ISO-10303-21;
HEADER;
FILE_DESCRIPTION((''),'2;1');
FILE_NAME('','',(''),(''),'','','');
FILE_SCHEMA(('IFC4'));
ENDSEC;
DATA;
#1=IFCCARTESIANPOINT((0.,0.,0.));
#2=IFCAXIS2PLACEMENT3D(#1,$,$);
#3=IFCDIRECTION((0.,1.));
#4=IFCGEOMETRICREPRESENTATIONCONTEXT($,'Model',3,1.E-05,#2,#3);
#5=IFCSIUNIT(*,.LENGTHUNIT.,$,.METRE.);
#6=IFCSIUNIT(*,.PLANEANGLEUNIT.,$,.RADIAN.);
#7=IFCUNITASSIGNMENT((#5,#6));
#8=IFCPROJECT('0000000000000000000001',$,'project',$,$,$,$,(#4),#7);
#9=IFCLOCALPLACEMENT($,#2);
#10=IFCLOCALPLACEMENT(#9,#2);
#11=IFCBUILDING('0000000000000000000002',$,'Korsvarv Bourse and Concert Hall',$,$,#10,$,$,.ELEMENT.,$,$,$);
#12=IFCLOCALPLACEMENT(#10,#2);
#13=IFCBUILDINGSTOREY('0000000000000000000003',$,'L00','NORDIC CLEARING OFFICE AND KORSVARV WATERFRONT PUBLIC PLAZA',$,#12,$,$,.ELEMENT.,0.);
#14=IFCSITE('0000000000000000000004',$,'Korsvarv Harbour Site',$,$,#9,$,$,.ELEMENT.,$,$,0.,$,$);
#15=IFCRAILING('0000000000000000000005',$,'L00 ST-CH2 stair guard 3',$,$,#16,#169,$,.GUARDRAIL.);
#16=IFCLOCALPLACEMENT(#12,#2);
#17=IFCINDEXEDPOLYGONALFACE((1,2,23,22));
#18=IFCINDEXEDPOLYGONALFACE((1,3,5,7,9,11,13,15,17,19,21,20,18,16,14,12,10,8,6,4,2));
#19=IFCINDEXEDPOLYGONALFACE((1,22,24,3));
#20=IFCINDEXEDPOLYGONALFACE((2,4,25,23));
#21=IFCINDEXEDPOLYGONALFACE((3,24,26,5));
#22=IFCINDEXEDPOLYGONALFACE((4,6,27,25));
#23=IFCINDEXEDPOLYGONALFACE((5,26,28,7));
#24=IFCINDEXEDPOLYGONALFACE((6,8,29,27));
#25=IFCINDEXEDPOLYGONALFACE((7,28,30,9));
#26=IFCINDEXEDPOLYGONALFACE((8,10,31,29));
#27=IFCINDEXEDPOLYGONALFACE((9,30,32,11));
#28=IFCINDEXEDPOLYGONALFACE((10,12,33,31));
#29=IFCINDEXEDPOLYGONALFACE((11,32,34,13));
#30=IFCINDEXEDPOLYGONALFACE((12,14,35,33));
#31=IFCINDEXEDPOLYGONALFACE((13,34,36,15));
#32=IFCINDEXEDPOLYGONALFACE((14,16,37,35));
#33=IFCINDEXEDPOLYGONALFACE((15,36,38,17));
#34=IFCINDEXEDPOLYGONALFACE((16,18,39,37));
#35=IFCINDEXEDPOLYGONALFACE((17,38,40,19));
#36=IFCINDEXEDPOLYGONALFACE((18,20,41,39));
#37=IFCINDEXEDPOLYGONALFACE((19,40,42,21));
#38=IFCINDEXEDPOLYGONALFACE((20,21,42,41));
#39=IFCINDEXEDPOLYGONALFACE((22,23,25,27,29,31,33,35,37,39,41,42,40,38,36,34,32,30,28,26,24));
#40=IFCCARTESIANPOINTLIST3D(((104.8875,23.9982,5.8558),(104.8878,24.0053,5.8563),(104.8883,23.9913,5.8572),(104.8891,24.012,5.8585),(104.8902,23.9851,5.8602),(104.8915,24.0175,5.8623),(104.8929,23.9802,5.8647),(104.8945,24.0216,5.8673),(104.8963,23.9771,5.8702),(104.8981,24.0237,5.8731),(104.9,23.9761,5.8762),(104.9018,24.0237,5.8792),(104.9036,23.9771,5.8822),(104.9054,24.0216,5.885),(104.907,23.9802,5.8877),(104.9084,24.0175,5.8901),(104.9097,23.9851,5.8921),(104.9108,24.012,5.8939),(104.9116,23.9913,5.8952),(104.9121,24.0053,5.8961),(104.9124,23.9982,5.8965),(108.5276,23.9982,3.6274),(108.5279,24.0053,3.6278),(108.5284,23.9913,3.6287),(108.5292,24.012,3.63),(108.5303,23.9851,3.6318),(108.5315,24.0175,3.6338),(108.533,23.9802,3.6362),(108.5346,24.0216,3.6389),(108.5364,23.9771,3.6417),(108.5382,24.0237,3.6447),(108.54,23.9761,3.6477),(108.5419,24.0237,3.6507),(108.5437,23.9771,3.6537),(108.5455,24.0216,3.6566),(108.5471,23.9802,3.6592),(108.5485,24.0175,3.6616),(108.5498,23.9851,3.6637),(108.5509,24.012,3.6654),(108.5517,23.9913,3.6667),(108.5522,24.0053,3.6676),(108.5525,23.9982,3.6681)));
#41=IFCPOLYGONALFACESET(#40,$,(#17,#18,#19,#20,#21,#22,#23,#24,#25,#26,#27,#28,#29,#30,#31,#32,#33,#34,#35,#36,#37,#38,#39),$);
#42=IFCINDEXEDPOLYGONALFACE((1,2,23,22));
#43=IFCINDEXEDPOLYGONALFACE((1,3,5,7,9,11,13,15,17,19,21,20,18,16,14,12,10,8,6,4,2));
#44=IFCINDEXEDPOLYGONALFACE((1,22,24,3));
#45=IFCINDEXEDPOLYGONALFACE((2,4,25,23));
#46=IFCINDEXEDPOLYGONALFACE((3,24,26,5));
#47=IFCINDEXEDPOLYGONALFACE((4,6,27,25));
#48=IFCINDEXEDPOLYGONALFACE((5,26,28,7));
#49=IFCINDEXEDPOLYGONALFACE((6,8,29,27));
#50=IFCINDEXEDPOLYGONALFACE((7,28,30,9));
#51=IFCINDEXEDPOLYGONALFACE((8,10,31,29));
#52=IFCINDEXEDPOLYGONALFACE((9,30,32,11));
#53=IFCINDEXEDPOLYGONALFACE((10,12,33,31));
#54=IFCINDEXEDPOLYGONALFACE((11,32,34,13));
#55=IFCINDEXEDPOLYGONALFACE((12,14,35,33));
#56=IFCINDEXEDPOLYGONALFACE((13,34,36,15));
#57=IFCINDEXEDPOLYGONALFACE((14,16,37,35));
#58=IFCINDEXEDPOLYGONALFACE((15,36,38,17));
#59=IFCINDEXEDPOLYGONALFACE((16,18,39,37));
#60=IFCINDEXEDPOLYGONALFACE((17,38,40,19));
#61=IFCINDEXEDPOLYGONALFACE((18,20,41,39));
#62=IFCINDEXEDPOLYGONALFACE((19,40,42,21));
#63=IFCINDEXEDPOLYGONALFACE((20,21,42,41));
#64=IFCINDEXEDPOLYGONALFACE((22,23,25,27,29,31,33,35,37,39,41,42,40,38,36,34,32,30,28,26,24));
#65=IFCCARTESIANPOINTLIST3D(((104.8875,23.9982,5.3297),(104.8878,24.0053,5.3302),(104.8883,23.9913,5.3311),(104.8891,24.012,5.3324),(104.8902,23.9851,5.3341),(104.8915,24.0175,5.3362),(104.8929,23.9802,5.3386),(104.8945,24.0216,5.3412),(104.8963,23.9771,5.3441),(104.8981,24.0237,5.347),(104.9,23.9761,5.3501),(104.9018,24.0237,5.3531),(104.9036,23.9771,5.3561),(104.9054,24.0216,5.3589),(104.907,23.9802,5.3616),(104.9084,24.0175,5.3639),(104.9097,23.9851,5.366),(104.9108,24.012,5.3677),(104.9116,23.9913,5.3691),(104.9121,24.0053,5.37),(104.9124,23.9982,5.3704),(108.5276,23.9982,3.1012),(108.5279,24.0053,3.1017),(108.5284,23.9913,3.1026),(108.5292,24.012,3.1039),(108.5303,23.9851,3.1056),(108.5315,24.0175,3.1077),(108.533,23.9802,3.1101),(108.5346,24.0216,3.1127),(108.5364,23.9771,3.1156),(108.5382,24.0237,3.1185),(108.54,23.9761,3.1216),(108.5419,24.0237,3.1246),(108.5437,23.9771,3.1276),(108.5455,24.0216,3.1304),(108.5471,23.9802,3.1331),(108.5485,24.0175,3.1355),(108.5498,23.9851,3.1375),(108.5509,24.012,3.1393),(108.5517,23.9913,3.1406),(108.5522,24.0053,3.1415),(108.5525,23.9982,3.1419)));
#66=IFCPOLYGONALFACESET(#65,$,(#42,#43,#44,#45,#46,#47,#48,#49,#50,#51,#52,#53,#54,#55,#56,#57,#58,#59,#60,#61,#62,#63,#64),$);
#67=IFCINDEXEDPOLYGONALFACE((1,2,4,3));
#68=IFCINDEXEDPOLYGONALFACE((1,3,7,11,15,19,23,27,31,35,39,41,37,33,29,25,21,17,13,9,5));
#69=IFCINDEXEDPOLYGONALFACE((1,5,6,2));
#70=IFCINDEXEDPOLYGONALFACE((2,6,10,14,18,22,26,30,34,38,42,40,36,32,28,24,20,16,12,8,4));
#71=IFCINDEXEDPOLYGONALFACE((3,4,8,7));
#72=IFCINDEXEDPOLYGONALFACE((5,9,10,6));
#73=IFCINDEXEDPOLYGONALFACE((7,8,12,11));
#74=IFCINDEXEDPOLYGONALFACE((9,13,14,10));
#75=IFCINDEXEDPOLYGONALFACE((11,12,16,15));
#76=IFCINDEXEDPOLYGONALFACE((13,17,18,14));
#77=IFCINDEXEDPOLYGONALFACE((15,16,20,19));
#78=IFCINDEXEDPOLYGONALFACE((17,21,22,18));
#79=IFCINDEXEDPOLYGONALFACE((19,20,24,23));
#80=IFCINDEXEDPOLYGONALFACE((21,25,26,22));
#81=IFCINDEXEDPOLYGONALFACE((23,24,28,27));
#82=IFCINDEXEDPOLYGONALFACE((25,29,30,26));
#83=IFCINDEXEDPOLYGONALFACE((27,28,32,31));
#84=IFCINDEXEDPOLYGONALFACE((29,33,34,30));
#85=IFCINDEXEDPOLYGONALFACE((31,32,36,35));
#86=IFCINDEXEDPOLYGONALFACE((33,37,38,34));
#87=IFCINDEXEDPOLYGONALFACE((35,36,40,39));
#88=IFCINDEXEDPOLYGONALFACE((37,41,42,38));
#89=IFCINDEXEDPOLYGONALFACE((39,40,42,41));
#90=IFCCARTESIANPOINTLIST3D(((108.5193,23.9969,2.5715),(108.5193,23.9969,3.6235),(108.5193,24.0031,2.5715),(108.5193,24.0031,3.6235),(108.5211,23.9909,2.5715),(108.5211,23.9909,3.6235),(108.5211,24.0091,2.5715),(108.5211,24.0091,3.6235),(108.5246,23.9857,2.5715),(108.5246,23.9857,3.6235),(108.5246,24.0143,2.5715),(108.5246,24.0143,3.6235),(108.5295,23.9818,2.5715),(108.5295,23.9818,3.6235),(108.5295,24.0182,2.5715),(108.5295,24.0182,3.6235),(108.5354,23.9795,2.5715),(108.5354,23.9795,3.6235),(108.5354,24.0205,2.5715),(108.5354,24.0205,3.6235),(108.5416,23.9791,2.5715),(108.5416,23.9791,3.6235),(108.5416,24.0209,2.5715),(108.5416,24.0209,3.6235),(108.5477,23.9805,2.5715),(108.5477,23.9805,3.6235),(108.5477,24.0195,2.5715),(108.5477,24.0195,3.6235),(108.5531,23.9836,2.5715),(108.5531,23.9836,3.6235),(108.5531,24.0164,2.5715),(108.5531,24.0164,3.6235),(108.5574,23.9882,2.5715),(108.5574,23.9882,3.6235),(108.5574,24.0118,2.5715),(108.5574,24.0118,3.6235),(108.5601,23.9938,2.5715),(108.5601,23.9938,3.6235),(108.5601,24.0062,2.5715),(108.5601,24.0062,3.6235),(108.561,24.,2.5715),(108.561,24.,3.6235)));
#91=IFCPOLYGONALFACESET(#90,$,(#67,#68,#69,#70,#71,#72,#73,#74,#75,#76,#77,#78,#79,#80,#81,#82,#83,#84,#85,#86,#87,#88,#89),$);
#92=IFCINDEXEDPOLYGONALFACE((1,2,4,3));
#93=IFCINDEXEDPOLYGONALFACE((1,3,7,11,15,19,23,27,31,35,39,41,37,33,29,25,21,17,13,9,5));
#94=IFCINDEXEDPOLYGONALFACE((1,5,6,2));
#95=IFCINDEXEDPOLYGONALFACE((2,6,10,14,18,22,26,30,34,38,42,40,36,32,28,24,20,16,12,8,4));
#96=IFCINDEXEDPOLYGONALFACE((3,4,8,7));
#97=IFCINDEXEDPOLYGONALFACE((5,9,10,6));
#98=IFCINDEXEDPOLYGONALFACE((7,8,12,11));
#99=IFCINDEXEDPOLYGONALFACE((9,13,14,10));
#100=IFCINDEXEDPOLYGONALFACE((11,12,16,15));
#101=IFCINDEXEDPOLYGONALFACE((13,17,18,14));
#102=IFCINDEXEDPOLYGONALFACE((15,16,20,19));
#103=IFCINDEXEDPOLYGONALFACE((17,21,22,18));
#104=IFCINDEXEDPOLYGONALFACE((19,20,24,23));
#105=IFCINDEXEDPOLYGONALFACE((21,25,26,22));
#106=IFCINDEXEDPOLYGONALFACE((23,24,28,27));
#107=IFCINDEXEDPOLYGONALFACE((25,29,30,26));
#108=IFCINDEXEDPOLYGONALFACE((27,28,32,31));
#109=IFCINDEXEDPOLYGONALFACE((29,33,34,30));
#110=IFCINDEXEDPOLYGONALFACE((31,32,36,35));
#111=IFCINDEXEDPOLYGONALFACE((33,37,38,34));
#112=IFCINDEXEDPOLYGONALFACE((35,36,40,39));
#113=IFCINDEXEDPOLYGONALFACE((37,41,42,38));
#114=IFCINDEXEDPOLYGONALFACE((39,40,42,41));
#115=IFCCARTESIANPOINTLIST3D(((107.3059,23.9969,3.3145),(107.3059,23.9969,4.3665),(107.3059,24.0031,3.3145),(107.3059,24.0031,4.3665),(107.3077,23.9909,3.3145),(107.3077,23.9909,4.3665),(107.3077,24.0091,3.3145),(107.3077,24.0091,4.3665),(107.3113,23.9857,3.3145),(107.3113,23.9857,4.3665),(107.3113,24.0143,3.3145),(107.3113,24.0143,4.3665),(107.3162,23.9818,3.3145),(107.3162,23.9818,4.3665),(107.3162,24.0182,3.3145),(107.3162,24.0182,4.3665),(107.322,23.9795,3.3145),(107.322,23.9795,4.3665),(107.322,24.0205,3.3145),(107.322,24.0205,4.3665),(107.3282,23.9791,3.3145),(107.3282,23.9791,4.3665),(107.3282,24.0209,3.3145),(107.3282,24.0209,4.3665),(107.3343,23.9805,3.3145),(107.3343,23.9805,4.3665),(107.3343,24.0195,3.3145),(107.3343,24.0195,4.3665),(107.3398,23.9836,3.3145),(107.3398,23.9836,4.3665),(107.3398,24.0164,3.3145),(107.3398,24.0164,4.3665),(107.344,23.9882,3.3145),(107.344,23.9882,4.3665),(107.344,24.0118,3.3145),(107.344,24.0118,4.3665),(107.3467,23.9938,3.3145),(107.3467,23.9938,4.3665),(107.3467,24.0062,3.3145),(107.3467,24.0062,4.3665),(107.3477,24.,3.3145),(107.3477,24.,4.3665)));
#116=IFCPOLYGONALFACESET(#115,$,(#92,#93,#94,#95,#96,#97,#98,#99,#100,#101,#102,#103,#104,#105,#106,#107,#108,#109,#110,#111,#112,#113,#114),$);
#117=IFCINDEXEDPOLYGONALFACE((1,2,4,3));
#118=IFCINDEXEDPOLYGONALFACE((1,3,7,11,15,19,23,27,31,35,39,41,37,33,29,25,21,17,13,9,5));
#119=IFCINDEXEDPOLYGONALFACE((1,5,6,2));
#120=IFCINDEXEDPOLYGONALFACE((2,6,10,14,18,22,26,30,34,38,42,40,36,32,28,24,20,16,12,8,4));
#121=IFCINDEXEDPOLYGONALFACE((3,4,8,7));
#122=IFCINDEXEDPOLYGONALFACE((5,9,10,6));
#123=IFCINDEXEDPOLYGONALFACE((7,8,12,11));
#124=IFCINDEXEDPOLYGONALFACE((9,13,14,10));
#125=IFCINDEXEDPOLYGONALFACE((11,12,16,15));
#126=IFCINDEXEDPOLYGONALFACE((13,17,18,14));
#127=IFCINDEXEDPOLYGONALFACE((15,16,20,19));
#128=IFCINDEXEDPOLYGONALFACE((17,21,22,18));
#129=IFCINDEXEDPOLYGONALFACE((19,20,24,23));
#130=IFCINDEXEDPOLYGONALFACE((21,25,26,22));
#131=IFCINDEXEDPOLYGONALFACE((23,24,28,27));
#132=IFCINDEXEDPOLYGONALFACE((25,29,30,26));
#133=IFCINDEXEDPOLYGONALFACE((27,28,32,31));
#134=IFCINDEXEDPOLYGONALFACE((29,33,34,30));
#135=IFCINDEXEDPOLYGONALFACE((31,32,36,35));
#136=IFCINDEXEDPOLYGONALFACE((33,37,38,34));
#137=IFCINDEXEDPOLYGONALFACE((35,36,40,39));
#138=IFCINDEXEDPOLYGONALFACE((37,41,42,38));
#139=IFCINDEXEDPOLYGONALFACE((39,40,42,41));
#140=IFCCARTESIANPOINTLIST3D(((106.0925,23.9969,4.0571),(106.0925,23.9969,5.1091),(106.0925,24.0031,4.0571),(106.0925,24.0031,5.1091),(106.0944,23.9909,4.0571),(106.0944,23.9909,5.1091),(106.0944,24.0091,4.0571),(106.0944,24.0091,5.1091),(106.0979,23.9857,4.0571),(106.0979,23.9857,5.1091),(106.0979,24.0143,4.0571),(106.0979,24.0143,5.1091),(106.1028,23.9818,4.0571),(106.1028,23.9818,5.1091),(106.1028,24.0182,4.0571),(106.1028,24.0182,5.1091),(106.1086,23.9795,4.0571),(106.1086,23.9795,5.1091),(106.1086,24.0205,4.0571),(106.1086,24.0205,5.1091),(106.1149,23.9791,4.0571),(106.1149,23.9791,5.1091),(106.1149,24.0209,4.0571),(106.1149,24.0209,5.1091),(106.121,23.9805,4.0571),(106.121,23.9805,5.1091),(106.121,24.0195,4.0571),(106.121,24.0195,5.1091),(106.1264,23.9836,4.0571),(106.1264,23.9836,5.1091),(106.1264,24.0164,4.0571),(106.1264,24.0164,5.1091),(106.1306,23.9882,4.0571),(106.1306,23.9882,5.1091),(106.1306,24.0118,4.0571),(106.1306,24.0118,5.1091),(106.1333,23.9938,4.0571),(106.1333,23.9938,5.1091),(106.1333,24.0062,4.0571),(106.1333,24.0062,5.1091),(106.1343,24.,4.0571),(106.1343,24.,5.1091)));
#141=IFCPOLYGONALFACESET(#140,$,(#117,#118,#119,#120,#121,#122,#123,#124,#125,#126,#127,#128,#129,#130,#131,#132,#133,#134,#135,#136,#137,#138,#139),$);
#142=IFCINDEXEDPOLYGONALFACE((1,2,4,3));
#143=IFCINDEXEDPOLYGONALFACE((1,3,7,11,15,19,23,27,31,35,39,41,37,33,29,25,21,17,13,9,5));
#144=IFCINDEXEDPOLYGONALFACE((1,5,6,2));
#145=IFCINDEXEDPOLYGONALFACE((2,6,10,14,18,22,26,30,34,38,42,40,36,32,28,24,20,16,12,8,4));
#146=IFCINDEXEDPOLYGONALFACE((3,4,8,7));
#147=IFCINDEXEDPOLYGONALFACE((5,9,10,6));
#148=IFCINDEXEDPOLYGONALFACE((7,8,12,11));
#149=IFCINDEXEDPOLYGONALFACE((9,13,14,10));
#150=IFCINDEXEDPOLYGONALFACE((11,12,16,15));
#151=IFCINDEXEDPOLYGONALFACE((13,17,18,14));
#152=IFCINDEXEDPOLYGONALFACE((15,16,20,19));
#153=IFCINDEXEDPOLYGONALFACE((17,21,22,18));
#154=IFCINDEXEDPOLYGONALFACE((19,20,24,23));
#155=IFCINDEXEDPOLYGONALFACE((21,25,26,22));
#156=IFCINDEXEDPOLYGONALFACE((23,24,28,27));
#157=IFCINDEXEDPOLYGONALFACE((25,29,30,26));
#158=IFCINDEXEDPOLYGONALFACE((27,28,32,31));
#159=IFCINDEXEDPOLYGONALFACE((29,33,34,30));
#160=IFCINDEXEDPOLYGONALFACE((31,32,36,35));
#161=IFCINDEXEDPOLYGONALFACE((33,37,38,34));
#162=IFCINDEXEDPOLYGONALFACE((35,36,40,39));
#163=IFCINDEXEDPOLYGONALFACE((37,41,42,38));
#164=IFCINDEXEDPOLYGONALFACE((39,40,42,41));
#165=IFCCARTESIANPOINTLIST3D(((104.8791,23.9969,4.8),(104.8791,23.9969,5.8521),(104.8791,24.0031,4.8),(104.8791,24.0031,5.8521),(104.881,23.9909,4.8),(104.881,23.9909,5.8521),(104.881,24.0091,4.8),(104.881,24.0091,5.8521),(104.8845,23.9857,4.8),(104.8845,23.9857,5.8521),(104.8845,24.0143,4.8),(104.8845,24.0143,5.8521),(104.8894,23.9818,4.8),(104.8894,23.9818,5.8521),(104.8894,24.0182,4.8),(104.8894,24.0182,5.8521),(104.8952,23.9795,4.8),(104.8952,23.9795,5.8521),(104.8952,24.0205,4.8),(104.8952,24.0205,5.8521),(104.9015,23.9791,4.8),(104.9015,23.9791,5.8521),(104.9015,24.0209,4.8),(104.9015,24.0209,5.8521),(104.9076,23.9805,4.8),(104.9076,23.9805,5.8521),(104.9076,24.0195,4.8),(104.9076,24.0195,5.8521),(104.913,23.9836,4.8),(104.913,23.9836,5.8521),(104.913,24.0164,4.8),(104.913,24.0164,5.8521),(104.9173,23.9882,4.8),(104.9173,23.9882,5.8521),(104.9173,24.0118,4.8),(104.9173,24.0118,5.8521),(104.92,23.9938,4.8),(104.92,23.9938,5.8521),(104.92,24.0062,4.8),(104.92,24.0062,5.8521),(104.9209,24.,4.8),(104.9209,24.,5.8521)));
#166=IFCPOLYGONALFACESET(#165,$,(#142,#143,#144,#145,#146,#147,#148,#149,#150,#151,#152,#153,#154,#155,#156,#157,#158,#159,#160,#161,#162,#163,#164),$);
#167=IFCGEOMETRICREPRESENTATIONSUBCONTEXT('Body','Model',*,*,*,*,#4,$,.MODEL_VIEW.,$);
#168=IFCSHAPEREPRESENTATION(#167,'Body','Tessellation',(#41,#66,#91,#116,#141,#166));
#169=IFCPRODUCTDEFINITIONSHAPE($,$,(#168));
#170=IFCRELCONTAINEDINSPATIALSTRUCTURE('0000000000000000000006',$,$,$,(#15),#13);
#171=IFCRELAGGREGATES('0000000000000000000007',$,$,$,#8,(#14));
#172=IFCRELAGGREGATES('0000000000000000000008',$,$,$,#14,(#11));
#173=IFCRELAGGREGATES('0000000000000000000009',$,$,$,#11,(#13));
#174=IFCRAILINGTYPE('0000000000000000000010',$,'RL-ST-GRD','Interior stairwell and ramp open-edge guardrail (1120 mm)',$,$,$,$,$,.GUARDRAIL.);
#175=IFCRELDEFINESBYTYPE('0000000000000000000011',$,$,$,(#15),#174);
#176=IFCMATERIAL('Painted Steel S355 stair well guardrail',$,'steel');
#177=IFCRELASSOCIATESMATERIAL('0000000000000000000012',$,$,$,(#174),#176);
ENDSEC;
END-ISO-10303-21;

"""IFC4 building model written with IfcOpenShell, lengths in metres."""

from ifc_helpers import new_model, si_unit, direction, frame, origin, origin_2d, place, context, subcontext, project, spatial, circle, extrude, material, type_object, element, save


model = new_model("IFC4")

# Units and contexts
model_context = context("Model", 3, precision=1e-05, world=origin(), true_north=direction((0.0, 1.0)))
body_context = subcontext(model_context, "Body", "Model", "MODEL_VIEW")
ifc_project = project(units=[si_unit("LENGTHUNIT", "METRE"), si_unit("PLANEANGLEUNIT", "RADIAN")], contexts=[model_context])

# Site, building, storey
site_placement = place(None, origin())
site = spatial("IfcSite", under=ifc_project, at=site_placement, Name="Korsvarv Harbour Site", CompositionType="ELEMENT", RefElevation=0.0)
building_placement = place(site_placement, origin())
building = spatial("IfcBuilding", under=site, at=building_placement, Name="Korsvarv Bourse and Concert Hall", CompositionType="ELEMENT")
storey_placement = place(building_placement, origin())
storey = spatial("IfcBuildingStorey", under=building, at=storey_placement, Name="L00", Description="NORDIC CLEARING OFFICE AND KORSVARV WATERFRONT PUBLIC PLAZA", CompositionType="ELEMENT", Elevation=0.0)

# Railing
ifc_material_1 = material(Name="Painted Steel S355 stair well guardrail", Category="steel")
railing_type = type_object("IfcRailingType", Name="RL-ST-GRD", Description="Interior stairwell and ramp open-edge guardrail (1120 mm)", PredefinedType="GUARDRAIL", material=ifc_material_1)
railing_1_placement = place(storey_placement, frame((108.54, 24.0, 2.5715)))
element("IfcRailing", 1, at=railing_1_placement, inside=storey, type_object=railing_type, Name="L00 ST-CH2 stair guard 3", PredefinedType="GUARDRAIL", context=body_context, shape_type="SweptSolid", body=[
    extrude(circle(Radius=0.0239, at=origin_2d()), frame((0.0, 0.0, 1.0762), z_axis=(-0.852866, 0.0, 0.52213), x_axis=(0.0, -1.0, 0.0)), (0.0, 0.0, 1.0), 4.2681),
    extrude(circle(Radius=0.0239, at=origin_2d()), frame((0.0, 0.0, 0.55), z_axis=(-0.852866, 0.0, 0.52213), x_axis=(0.0, -1.0, 0.0)), (0.0, 0.0, 1.0), 4.2681),
    extrude(circle(Radius=0.021, at=origin_2d()), origin(), (0.0, 0.0, 1.0), 1.052),
    extrude(circle(Radius=0.021, at=origin_2d()), frame((-1.2134, 0.0, 0.7429)), (0.0, 0.0, 1.0), 1.052),
    extrude(circle(Radius=0.021, at=origin_2d()), frame((-2.4268, 0.0, 1.4856)), (0.0, 0.0, 1.0), 1.052),
    extrude(circle(Radius=0.021, at=origin_2d()), frame((-3.6401, 0.0, 2.2285)), (0.0, 0.0, 1.0), 1.052),
])

save(model, "model.ifc")
